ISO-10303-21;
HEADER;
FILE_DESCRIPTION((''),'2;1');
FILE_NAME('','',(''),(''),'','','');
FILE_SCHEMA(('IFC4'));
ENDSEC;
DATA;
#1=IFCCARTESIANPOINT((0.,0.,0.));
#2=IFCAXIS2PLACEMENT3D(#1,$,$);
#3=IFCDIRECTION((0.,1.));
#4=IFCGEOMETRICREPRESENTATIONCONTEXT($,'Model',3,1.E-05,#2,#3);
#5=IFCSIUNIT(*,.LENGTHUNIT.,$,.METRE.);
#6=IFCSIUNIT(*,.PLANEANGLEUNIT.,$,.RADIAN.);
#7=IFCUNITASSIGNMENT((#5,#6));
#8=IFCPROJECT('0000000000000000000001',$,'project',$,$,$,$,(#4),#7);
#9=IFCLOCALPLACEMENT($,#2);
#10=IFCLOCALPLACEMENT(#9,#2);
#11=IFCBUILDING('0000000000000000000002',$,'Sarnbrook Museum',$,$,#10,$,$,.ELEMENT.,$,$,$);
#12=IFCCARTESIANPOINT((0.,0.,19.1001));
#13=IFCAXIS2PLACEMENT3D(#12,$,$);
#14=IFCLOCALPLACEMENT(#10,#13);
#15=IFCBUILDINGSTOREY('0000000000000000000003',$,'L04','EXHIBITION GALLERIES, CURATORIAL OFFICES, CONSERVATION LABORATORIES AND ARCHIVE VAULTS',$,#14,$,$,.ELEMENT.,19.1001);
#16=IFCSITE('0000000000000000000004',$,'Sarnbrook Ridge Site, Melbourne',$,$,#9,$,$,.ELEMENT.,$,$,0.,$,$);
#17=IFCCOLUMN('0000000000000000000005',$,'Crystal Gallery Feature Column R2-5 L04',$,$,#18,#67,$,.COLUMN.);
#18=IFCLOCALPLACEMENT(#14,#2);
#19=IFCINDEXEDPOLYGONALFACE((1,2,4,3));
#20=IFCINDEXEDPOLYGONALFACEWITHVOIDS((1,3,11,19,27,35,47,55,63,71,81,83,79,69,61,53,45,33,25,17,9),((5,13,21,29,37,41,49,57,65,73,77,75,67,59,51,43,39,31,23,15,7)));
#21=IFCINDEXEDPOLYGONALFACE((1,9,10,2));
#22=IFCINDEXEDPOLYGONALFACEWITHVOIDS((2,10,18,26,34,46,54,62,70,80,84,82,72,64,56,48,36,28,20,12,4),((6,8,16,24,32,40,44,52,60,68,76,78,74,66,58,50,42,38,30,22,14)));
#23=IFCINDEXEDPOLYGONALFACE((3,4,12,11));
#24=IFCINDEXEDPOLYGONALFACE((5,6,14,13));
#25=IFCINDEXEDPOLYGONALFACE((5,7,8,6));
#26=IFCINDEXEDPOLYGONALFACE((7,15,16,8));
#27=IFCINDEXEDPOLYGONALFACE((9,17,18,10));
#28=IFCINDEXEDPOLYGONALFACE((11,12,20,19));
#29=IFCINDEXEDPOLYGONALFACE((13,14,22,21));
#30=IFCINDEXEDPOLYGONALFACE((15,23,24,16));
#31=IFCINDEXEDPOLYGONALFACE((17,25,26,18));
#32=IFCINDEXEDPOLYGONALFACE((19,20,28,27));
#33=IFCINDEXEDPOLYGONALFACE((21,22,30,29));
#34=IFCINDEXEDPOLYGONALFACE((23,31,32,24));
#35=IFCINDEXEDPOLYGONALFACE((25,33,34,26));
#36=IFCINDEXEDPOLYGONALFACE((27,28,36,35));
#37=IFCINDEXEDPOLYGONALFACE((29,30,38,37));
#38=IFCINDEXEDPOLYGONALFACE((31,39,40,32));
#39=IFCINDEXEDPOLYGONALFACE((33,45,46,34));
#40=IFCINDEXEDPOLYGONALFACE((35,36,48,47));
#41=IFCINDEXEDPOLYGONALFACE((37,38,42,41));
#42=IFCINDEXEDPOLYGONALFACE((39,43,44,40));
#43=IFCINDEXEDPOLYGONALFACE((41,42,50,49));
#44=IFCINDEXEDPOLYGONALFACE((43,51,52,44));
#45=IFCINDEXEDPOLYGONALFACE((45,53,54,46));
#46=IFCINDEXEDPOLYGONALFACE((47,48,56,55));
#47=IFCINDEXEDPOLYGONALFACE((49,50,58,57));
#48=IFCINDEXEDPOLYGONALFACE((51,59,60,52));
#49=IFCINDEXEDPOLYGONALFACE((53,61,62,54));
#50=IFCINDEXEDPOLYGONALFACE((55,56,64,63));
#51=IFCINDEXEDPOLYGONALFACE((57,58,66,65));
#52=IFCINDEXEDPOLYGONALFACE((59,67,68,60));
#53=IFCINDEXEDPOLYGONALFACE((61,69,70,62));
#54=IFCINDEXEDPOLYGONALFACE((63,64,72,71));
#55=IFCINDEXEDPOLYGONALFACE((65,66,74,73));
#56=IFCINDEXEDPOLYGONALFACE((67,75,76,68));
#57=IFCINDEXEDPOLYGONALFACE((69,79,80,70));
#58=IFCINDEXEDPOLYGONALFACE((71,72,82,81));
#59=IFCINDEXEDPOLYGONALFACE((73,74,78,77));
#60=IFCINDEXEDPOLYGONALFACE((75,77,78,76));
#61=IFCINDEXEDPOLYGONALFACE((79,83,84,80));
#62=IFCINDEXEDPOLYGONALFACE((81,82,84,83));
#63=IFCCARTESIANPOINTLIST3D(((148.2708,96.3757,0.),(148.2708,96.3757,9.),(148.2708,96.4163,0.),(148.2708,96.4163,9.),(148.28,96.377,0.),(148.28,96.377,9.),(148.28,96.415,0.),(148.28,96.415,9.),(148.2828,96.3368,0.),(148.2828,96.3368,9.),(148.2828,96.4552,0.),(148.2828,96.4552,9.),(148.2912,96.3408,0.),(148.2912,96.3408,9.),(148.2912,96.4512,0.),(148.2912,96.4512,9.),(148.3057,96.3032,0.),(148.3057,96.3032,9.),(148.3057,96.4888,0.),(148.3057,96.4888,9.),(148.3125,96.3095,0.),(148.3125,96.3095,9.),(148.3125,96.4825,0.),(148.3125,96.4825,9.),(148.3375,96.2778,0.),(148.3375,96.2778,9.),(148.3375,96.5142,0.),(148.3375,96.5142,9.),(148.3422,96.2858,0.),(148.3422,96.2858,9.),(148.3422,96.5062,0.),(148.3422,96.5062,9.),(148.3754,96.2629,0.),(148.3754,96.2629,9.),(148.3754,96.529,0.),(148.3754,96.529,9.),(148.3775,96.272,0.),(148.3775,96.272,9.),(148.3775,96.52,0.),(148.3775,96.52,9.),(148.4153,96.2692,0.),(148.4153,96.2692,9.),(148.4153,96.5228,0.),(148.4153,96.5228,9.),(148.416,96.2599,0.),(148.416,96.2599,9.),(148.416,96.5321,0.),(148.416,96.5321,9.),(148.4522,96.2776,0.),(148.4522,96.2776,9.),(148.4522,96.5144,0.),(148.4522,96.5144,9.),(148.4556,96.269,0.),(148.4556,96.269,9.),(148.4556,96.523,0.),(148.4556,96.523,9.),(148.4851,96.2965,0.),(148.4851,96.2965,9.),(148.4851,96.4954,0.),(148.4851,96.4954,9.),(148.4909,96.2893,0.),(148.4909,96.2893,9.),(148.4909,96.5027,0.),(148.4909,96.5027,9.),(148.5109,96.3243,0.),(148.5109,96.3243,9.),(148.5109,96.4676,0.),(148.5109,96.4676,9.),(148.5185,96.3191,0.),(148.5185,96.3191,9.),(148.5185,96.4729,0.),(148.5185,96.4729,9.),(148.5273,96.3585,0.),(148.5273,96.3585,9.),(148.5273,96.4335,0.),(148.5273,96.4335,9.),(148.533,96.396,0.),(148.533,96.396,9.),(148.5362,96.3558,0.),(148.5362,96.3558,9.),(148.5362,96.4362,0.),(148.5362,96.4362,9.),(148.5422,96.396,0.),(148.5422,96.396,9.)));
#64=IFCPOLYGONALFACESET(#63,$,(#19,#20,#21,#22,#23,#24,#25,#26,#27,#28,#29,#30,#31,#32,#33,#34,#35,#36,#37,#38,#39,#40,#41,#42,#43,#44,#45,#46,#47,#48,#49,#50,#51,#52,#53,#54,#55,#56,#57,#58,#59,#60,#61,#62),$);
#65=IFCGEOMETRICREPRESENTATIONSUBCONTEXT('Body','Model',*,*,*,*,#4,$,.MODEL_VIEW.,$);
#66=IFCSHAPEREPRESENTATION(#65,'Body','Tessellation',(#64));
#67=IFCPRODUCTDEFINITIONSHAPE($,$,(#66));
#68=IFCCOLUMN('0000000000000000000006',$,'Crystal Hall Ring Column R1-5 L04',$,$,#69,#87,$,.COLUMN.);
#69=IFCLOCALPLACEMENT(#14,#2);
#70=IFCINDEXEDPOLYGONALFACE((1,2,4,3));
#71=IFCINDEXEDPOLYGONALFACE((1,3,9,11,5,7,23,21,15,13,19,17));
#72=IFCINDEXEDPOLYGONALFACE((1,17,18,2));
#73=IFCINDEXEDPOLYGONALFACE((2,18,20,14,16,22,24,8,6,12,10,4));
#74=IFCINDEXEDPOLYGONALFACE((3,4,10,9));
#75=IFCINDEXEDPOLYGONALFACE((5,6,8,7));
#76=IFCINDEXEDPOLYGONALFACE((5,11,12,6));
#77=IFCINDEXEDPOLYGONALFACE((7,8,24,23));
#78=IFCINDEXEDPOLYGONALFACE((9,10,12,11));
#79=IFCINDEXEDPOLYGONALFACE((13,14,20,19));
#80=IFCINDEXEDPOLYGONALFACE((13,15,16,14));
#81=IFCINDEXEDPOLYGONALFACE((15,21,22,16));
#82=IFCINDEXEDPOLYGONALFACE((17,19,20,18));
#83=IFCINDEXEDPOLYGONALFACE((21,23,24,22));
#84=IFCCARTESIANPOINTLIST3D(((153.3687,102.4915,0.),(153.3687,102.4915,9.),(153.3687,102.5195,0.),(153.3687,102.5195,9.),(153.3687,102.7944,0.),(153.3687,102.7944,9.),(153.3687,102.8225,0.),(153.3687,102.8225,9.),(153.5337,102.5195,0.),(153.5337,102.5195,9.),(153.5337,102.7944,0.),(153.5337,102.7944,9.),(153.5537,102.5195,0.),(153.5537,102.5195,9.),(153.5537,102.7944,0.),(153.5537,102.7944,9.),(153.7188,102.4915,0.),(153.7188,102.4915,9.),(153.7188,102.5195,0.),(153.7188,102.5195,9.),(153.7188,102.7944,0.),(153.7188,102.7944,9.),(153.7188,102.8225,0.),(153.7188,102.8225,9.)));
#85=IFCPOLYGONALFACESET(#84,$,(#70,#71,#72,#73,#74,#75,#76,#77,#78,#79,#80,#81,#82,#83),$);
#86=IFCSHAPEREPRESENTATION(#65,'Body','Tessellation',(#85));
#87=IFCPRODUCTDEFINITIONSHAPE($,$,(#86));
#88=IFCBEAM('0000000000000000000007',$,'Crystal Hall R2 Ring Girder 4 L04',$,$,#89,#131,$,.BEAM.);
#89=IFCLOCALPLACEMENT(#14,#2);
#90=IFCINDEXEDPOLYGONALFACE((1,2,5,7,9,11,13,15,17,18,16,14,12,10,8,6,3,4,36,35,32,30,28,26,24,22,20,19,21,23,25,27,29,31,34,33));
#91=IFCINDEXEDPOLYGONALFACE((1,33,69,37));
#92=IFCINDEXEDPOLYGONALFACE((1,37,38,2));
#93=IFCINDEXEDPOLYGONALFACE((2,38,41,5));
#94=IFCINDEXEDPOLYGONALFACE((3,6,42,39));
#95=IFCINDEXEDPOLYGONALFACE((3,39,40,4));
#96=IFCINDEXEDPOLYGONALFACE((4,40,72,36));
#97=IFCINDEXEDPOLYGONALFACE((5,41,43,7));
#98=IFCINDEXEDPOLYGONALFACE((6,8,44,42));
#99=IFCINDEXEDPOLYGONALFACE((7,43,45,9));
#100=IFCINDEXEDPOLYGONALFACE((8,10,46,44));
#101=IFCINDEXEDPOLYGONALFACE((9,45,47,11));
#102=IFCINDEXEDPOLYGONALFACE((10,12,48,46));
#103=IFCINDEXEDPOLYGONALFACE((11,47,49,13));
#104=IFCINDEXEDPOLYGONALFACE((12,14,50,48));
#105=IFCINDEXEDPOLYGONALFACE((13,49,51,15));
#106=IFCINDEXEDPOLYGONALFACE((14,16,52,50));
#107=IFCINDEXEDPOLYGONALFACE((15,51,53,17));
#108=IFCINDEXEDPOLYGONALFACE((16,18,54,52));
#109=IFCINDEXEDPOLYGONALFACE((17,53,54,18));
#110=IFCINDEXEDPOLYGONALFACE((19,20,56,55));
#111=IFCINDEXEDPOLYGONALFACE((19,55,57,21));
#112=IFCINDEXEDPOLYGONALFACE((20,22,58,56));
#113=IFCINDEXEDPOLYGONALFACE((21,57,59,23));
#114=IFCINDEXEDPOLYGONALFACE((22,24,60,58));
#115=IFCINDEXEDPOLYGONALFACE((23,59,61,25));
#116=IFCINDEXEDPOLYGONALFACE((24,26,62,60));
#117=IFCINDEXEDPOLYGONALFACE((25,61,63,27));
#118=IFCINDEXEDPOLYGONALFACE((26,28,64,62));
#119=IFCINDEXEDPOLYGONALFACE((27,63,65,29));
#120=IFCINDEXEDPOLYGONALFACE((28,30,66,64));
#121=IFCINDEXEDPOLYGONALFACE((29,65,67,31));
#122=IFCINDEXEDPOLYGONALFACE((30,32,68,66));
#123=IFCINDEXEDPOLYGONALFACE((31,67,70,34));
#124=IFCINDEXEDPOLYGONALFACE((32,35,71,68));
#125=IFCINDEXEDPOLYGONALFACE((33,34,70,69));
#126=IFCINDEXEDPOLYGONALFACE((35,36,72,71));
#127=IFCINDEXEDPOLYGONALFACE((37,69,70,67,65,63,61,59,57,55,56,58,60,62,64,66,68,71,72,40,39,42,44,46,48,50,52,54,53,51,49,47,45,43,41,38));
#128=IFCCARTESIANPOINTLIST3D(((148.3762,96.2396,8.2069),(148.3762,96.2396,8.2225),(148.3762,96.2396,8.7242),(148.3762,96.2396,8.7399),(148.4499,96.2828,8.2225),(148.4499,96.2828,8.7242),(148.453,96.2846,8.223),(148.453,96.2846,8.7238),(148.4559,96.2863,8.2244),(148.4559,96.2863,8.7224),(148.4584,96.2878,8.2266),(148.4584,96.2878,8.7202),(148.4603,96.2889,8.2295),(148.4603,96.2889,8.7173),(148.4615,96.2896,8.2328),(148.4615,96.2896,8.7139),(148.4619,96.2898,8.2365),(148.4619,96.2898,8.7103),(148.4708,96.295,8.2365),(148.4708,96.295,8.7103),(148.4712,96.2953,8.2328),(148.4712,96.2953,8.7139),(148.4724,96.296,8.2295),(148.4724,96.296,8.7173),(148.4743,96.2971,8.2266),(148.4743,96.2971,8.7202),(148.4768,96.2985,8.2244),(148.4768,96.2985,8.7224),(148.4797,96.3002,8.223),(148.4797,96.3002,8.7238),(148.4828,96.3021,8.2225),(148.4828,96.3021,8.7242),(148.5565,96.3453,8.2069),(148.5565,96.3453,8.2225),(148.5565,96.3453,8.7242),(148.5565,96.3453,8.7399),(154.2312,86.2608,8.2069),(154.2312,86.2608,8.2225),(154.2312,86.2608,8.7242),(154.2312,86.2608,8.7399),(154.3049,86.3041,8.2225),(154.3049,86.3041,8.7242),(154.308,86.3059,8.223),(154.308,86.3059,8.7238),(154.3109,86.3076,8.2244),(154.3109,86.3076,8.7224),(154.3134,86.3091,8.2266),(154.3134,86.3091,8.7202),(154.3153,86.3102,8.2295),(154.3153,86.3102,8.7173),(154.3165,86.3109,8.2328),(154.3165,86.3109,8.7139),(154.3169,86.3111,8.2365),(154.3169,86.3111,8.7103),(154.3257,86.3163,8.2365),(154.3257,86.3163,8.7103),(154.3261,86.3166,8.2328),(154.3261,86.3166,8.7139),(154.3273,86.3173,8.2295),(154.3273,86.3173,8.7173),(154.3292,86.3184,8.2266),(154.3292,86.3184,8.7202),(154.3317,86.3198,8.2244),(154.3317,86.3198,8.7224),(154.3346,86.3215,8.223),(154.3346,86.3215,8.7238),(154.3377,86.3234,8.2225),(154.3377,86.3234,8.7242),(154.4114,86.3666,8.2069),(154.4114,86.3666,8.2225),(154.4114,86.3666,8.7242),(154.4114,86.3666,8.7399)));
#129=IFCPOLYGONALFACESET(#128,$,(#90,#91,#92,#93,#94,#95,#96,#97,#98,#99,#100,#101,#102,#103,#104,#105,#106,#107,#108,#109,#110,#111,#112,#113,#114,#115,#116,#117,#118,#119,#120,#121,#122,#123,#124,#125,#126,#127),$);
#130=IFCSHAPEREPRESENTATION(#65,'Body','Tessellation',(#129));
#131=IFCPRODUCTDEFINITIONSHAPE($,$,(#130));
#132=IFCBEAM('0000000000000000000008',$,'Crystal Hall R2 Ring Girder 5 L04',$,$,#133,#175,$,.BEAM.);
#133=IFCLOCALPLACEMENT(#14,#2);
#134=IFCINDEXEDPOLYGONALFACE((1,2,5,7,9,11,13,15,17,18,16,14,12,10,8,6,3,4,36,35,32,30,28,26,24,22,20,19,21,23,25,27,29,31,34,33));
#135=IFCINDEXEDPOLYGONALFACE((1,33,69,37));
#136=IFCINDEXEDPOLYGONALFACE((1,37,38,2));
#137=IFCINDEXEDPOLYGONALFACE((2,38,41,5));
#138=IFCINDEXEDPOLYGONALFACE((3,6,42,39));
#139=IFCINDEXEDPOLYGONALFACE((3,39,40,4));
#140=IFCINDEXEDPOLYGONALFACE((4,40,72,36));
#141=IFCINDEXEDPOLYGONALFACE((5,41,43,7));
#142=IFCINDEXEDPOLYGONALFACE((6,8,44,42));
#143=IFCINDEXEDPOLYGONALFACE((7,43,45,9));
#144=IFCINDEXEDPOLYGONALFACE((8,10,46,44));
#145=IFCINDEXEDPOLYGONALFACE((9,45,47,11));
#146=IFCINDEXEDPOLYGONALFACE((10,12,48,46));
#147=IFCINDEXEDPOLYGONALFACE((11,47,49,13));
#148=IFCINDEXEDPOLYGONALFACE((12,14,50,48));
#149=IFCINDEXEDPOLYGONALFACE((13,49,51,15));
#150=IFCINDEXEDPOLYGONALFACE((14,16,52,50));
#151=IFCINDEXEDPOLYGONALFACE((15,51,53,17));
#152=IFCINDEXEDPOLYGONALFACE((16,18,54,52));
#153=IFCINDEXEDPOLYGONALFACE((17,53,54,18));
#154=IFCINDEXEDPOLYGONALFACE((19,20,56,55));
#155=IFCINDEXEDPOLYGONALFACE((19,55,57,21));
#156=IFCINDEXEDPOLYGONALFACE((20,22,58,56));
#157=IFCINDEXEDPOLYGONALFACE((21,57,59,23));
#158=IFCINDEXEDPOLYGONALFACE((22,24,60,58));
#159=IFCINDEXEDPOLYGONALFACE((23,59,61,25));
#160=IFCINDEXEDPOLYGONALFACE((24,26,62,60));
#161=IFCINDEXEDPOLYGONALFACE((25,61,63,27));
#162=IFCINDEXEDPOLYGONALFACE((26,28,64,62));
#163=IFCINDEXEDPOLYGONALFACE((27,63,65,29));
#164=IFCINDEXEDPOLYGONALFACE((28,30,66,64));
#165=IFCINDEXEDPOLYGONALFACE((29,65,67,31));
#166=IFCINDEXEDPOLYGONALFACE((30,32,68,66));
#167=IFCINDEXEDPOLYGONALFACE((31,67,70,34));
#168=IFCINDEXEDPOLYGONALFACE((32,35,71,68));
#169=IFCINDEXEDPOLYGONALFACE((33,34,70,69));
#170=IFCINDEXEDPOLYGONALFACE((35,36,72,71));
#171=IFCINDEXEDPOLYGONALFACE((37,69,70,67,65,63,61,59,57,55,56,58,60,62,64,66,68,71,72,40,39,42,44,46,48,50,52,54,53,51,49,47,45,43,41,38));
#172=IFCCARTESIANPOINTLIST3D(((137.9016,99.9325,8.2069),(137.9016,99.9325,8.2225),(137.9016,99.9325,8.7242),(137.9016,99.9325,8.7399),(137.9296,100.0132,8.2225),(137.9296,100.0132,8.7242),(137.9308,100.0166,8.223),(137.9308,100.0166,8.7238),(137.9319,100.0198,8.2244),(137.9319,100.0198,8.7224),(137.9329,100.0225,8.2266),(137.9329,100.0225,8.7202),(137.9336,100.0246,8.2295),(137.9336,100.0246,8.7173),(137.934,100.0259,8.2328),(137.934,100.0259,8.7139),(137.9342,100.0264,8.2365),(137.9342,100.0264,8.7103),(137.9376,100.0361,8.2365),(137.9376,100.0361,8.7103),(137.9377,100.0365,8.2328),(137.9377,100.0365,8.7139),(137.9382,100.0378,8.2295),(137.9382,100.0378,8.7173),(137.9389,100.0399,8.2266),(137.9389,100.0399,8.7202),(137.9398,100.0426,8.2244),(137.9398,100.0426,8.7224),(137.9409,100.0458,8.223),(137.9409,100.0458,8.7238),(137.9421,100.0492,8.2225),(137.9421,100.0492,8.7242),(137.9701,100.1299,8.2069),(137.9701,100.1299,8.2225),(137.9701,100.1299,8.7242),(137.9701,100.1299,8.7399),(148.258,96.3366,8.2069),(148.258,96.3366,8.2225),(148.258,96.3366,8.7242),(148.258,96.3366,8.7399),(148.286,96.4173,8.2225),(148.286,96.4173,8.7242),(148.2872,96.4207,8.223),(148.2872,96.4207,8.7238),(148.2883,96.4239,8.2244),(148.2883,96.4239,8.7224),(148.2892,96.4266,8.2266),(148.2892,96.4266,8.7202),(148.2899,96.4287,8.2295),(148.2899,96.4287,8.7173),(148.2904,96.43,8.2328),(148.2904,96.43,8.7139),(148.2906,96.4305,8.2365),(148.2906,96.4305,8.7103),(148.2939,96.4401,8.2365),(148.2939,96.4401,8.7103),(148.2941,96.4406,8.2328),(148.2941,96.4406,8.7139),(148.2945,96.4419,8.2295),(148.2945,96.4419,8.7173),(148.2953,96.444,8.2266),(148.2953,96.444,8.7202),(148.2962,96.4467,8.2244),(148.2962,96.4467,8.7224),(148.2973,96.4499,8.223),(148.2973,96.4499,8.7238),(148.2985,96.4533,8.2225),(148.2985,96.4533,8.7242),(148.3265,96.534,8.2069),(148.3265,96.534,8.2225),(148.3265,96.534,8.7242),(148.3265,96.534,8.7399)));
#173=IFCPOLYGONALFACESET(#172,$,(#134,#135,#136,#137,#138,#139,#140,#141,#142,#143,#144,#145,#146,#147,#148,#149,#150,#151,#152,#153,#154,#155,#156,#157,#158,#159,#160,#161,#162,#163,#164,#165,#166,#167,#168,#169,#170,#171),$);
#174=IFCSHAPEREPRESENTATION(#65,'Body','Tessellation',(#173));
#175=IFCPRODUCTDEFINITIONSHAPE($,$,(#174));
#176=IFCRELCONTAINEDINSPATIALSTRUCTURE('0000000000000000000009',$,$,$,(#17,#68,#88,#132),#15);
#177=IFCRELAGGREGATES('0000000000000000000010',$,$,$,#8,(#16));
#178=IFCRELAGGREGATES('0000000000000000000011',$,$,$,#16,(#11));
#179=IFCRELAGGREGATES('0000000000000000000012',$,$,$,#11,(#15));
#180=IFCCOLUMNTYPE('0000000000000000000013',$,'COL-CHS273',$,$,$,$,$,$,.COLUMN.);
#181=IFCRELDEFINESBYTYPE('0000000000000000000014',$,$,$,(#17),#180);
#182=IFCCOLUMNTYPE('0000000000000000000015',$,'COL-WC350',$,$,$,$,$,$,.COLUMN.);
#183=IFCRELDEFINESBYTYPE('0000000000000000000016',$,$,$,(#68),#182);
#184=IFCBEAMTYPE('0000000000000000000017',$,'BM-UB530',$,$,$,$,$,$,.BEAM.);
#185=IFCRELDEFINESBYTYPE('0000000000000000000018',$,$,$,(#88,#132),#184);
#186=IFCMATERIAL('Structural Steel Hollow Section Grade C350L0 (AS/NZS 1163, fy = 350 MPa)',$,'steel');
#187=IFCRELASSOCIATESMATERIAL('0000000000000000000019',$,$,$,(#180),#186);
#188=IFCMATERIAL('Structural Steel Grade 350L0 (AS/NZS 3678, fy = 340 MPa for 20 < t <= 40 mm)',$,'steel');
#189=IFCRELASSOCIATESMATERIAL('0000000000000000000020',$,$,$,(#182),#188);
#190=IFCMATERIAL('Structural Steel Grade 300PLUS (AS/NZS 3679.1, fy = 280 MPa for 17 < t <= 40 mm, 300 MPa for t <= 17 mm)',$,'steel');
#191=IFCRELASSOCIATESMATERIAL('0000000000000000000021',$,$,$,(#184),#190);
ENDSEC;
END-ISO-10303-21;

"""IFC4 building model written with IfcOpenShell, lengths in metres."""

from ifc_helpers import new_model, si_unit, direction, frame, origin, origin_2d, place, context, subcontext, project, spatial, hollow_circle, i_section, extrude, material, material_profile, profile_set, type_object, element, save


model = new_model("IFC4")

# Units and contexts
model_context = context("Model", 3, precision=1e-05, world=origin(), true_north=direction((0.0, 1.0)))
body_context = subcontext(model_context, "Body", "Model", "MODEL_VIEW")
ifc_project = project(units=[si_unit("LENGTHUNIT", "METRE"), si_unit("PLANEANGLEUNIT", "RADIAN")], contexts=[model_context])

# Site, building, storey
site_placement = place(None, origin())
site = spatial("IfcSite", under=ifc_project, at=site_placement, Name="Sarnbrook Ridge Site, Melbourne", CompositionType="ELEMENT", RefElevation=0.0)
building_placement = place(site_placement, origin())
building = spatial("IfcBuilding", under=site, at=building_placement, Name="Sarnbrook Museum", CompositionType="ELEMENT")
storey_placement = place(building_placement, frame((0.0, 0.0, 19.1001)))
storey = spatial("IfcBuildingStorey", under=building, at=storey_placement, Name="L04", Description="EXHIBITION GALLERIES, CURATORIAL OFFICES, CONSERVATION LABORATORIES AND ARCHIVE VAULTS", CompositionType="ELEMENT", Elevation=19.1001)

# Columns
ifc_material_1 = material(Name="Structural Steel Hollow Section Grade C350L0 (AS/NZS 1163, fy = 350 MPa)", Category="steel")
ifc_material_profile_1 = material_profile(ifc_material_1, hollow_circle(Radius=0.1365, WallThickness=0.0093, at=origin_2d()), Name="273.1x9.3CHS")
ifc_profile_set_1 = profile_set([ifc_material_profile_1], Name="Structural Steel Hollow Section Grade C350L0 (AS/NZS 1163, fy = 350 MPa)")
column_type_1 = type_object("IfcColumnType", Name="COL-CHS273", PredefinedType="COLUMN", material=ifc_profile_set_1)
column_1_placement = place(storey_placement, frame((148.4058, 96.396, 0.0), z_axis=(0.0, 0.0, 1.0), x_axis=(1.0, 0.0, 0.0)))
element("IfcColumn", 1, at=column_1_placement, inside=storey, type_object=column_type_1, Name="Crystal Gallery Feature Column R2-5 L04", PredefinedType="COLUMN", context=body_context, shape_type="SweptSolid", body=[
    extrude(hollow_circle(Radius=0.1365, WallThickness=0.0093, at=origin_2d()), origin(), (0.0, 0.0, 1.0), 9.0),
])
ifc_material_2 = material(Name="Structural Steel Grade 350L0 (AS/NZS 3678, fy = 340 MPa for 20 < t <= 40 mm)", Category="steel")
ifc_material_profile_2 = material_profile(ifc_material_2, i_section(OverallWidth=0.3501, OverallDepth=0.3311, WebThickness=0.02, FlangeThickness=0.0281, at=origin_2d()), Name="350WC197")
ifc_profile_set_2 = profile_set([ifc_material_profile_2], Name="Structural Steel Grade 350L0 (AS/NZS 3678, fy = 340 MPa for 20 < t <= 40 mm)")
column_type_2 = type_object("IfcColumnType", Name="COL-WC350", PredefinedType="COLUMN", material=ifc_profile_set_2)
column_2_placement = place(storey_placement, frame((153.5437, 102.657, 0.0), z_axis=(0.0, 0.0, 1.0), x_axis=(1.0, 0.0, 0.0)))
element("IfcColumn", 2, at=column_2_placement, inside=storey, type_object=column_type_2, Name="Crystal Hall Ring Column R1-5 L04", PredefinedType="COLUMN", context=body_context, shape_type="SweptSolid", body=[
    extrude(i_section(OverallWidth=0.3501, OverallDepth=0.3311, WebThickness=0.02, FlangeThickness=0.0281, at=origin_2d()), origin(), (0.0, 0.0, 1.0), 9.0),
])

# Beams
ifc_material_3 = material(Name="Structural Steel Grade 300PLUS (AS/NZS 3679.1, fy = 280 MPa for 17 < t <= 40 mm, 300 MPa for t <= 17 mm)", Category="steel")
ifc_material_profile_3 = material_profile(ifc_material_3, i_section(OverallWidth=0.209, OverallDepth=0.533, WebThickness=0.0103, FlangeThickness=0.0156, FilletRadius=0.0139, at=origin_2d()), Name="530UB92.4")
ifc_profile_set_3 = profile_set([ifc_material_profile_3], Name="Structural Steel Grade 300PLUS (AS/NZS 3679.1, fy = 280 MPa for 17 < t <= 40 mm, 300 MPa for t <= 17 mm)")
beam_type_1 = type_object("IfcBeamType", Name="BM-UB530", PredefinedType="BEAM", material=ifc_profile_set_3)
beam_1_placement = place(storey_placement, frame((154.3213, 86.3137, 8.4734), z_axis=(-0.506064, 0.862496, 0.0), x_axis=(-0.862496, -0.506064, 0.0)))
element("IfcBeam", 3, at=beam_1_placement, inside=storey, type_object=beam_type_1, Name="Crystal Hall R2 Ring Girder 4 L04", PredefinedType="BEAM", context=body_context, shape_type="SweptSolid", body=[
    extrude(i_section(OverallWidth=0.209, OverallDepth=0.533, WebThickness=0.0103, FlangeThickness=0.0156, FilletRadius=0.0139, at=origin_2d()), origin(), (0.0, 0.0, 1.0), 11.5696),
])
beam_2_placement = place(storey_placement, frame((148.2922, 96.4353, 8.4734), z_axis=(-0.944675, 0.328008, 0.0), x_axis=(-0.328008, -0.944675, 0.0)))
element("IfcBeam", 4, at=beam_2_placement, inside=storey, type_object=beam_type_1, Name="Crystal Hall R2 Ring Girder 5 L04", PredefinedType="BEAM", context=body_context, shape_type="SweptSolid", body=[
    extrude(i_section(OverallWidth=0.209, OverallDepth=0.533, WebThickness=0.0103, FlangeThickness=0.0156, FilletRadius=0.0139, at=origin_2d()), origin(), (0.0, 0.0, 1.0), 10.9629),
])

save(model, "model.ifc")
